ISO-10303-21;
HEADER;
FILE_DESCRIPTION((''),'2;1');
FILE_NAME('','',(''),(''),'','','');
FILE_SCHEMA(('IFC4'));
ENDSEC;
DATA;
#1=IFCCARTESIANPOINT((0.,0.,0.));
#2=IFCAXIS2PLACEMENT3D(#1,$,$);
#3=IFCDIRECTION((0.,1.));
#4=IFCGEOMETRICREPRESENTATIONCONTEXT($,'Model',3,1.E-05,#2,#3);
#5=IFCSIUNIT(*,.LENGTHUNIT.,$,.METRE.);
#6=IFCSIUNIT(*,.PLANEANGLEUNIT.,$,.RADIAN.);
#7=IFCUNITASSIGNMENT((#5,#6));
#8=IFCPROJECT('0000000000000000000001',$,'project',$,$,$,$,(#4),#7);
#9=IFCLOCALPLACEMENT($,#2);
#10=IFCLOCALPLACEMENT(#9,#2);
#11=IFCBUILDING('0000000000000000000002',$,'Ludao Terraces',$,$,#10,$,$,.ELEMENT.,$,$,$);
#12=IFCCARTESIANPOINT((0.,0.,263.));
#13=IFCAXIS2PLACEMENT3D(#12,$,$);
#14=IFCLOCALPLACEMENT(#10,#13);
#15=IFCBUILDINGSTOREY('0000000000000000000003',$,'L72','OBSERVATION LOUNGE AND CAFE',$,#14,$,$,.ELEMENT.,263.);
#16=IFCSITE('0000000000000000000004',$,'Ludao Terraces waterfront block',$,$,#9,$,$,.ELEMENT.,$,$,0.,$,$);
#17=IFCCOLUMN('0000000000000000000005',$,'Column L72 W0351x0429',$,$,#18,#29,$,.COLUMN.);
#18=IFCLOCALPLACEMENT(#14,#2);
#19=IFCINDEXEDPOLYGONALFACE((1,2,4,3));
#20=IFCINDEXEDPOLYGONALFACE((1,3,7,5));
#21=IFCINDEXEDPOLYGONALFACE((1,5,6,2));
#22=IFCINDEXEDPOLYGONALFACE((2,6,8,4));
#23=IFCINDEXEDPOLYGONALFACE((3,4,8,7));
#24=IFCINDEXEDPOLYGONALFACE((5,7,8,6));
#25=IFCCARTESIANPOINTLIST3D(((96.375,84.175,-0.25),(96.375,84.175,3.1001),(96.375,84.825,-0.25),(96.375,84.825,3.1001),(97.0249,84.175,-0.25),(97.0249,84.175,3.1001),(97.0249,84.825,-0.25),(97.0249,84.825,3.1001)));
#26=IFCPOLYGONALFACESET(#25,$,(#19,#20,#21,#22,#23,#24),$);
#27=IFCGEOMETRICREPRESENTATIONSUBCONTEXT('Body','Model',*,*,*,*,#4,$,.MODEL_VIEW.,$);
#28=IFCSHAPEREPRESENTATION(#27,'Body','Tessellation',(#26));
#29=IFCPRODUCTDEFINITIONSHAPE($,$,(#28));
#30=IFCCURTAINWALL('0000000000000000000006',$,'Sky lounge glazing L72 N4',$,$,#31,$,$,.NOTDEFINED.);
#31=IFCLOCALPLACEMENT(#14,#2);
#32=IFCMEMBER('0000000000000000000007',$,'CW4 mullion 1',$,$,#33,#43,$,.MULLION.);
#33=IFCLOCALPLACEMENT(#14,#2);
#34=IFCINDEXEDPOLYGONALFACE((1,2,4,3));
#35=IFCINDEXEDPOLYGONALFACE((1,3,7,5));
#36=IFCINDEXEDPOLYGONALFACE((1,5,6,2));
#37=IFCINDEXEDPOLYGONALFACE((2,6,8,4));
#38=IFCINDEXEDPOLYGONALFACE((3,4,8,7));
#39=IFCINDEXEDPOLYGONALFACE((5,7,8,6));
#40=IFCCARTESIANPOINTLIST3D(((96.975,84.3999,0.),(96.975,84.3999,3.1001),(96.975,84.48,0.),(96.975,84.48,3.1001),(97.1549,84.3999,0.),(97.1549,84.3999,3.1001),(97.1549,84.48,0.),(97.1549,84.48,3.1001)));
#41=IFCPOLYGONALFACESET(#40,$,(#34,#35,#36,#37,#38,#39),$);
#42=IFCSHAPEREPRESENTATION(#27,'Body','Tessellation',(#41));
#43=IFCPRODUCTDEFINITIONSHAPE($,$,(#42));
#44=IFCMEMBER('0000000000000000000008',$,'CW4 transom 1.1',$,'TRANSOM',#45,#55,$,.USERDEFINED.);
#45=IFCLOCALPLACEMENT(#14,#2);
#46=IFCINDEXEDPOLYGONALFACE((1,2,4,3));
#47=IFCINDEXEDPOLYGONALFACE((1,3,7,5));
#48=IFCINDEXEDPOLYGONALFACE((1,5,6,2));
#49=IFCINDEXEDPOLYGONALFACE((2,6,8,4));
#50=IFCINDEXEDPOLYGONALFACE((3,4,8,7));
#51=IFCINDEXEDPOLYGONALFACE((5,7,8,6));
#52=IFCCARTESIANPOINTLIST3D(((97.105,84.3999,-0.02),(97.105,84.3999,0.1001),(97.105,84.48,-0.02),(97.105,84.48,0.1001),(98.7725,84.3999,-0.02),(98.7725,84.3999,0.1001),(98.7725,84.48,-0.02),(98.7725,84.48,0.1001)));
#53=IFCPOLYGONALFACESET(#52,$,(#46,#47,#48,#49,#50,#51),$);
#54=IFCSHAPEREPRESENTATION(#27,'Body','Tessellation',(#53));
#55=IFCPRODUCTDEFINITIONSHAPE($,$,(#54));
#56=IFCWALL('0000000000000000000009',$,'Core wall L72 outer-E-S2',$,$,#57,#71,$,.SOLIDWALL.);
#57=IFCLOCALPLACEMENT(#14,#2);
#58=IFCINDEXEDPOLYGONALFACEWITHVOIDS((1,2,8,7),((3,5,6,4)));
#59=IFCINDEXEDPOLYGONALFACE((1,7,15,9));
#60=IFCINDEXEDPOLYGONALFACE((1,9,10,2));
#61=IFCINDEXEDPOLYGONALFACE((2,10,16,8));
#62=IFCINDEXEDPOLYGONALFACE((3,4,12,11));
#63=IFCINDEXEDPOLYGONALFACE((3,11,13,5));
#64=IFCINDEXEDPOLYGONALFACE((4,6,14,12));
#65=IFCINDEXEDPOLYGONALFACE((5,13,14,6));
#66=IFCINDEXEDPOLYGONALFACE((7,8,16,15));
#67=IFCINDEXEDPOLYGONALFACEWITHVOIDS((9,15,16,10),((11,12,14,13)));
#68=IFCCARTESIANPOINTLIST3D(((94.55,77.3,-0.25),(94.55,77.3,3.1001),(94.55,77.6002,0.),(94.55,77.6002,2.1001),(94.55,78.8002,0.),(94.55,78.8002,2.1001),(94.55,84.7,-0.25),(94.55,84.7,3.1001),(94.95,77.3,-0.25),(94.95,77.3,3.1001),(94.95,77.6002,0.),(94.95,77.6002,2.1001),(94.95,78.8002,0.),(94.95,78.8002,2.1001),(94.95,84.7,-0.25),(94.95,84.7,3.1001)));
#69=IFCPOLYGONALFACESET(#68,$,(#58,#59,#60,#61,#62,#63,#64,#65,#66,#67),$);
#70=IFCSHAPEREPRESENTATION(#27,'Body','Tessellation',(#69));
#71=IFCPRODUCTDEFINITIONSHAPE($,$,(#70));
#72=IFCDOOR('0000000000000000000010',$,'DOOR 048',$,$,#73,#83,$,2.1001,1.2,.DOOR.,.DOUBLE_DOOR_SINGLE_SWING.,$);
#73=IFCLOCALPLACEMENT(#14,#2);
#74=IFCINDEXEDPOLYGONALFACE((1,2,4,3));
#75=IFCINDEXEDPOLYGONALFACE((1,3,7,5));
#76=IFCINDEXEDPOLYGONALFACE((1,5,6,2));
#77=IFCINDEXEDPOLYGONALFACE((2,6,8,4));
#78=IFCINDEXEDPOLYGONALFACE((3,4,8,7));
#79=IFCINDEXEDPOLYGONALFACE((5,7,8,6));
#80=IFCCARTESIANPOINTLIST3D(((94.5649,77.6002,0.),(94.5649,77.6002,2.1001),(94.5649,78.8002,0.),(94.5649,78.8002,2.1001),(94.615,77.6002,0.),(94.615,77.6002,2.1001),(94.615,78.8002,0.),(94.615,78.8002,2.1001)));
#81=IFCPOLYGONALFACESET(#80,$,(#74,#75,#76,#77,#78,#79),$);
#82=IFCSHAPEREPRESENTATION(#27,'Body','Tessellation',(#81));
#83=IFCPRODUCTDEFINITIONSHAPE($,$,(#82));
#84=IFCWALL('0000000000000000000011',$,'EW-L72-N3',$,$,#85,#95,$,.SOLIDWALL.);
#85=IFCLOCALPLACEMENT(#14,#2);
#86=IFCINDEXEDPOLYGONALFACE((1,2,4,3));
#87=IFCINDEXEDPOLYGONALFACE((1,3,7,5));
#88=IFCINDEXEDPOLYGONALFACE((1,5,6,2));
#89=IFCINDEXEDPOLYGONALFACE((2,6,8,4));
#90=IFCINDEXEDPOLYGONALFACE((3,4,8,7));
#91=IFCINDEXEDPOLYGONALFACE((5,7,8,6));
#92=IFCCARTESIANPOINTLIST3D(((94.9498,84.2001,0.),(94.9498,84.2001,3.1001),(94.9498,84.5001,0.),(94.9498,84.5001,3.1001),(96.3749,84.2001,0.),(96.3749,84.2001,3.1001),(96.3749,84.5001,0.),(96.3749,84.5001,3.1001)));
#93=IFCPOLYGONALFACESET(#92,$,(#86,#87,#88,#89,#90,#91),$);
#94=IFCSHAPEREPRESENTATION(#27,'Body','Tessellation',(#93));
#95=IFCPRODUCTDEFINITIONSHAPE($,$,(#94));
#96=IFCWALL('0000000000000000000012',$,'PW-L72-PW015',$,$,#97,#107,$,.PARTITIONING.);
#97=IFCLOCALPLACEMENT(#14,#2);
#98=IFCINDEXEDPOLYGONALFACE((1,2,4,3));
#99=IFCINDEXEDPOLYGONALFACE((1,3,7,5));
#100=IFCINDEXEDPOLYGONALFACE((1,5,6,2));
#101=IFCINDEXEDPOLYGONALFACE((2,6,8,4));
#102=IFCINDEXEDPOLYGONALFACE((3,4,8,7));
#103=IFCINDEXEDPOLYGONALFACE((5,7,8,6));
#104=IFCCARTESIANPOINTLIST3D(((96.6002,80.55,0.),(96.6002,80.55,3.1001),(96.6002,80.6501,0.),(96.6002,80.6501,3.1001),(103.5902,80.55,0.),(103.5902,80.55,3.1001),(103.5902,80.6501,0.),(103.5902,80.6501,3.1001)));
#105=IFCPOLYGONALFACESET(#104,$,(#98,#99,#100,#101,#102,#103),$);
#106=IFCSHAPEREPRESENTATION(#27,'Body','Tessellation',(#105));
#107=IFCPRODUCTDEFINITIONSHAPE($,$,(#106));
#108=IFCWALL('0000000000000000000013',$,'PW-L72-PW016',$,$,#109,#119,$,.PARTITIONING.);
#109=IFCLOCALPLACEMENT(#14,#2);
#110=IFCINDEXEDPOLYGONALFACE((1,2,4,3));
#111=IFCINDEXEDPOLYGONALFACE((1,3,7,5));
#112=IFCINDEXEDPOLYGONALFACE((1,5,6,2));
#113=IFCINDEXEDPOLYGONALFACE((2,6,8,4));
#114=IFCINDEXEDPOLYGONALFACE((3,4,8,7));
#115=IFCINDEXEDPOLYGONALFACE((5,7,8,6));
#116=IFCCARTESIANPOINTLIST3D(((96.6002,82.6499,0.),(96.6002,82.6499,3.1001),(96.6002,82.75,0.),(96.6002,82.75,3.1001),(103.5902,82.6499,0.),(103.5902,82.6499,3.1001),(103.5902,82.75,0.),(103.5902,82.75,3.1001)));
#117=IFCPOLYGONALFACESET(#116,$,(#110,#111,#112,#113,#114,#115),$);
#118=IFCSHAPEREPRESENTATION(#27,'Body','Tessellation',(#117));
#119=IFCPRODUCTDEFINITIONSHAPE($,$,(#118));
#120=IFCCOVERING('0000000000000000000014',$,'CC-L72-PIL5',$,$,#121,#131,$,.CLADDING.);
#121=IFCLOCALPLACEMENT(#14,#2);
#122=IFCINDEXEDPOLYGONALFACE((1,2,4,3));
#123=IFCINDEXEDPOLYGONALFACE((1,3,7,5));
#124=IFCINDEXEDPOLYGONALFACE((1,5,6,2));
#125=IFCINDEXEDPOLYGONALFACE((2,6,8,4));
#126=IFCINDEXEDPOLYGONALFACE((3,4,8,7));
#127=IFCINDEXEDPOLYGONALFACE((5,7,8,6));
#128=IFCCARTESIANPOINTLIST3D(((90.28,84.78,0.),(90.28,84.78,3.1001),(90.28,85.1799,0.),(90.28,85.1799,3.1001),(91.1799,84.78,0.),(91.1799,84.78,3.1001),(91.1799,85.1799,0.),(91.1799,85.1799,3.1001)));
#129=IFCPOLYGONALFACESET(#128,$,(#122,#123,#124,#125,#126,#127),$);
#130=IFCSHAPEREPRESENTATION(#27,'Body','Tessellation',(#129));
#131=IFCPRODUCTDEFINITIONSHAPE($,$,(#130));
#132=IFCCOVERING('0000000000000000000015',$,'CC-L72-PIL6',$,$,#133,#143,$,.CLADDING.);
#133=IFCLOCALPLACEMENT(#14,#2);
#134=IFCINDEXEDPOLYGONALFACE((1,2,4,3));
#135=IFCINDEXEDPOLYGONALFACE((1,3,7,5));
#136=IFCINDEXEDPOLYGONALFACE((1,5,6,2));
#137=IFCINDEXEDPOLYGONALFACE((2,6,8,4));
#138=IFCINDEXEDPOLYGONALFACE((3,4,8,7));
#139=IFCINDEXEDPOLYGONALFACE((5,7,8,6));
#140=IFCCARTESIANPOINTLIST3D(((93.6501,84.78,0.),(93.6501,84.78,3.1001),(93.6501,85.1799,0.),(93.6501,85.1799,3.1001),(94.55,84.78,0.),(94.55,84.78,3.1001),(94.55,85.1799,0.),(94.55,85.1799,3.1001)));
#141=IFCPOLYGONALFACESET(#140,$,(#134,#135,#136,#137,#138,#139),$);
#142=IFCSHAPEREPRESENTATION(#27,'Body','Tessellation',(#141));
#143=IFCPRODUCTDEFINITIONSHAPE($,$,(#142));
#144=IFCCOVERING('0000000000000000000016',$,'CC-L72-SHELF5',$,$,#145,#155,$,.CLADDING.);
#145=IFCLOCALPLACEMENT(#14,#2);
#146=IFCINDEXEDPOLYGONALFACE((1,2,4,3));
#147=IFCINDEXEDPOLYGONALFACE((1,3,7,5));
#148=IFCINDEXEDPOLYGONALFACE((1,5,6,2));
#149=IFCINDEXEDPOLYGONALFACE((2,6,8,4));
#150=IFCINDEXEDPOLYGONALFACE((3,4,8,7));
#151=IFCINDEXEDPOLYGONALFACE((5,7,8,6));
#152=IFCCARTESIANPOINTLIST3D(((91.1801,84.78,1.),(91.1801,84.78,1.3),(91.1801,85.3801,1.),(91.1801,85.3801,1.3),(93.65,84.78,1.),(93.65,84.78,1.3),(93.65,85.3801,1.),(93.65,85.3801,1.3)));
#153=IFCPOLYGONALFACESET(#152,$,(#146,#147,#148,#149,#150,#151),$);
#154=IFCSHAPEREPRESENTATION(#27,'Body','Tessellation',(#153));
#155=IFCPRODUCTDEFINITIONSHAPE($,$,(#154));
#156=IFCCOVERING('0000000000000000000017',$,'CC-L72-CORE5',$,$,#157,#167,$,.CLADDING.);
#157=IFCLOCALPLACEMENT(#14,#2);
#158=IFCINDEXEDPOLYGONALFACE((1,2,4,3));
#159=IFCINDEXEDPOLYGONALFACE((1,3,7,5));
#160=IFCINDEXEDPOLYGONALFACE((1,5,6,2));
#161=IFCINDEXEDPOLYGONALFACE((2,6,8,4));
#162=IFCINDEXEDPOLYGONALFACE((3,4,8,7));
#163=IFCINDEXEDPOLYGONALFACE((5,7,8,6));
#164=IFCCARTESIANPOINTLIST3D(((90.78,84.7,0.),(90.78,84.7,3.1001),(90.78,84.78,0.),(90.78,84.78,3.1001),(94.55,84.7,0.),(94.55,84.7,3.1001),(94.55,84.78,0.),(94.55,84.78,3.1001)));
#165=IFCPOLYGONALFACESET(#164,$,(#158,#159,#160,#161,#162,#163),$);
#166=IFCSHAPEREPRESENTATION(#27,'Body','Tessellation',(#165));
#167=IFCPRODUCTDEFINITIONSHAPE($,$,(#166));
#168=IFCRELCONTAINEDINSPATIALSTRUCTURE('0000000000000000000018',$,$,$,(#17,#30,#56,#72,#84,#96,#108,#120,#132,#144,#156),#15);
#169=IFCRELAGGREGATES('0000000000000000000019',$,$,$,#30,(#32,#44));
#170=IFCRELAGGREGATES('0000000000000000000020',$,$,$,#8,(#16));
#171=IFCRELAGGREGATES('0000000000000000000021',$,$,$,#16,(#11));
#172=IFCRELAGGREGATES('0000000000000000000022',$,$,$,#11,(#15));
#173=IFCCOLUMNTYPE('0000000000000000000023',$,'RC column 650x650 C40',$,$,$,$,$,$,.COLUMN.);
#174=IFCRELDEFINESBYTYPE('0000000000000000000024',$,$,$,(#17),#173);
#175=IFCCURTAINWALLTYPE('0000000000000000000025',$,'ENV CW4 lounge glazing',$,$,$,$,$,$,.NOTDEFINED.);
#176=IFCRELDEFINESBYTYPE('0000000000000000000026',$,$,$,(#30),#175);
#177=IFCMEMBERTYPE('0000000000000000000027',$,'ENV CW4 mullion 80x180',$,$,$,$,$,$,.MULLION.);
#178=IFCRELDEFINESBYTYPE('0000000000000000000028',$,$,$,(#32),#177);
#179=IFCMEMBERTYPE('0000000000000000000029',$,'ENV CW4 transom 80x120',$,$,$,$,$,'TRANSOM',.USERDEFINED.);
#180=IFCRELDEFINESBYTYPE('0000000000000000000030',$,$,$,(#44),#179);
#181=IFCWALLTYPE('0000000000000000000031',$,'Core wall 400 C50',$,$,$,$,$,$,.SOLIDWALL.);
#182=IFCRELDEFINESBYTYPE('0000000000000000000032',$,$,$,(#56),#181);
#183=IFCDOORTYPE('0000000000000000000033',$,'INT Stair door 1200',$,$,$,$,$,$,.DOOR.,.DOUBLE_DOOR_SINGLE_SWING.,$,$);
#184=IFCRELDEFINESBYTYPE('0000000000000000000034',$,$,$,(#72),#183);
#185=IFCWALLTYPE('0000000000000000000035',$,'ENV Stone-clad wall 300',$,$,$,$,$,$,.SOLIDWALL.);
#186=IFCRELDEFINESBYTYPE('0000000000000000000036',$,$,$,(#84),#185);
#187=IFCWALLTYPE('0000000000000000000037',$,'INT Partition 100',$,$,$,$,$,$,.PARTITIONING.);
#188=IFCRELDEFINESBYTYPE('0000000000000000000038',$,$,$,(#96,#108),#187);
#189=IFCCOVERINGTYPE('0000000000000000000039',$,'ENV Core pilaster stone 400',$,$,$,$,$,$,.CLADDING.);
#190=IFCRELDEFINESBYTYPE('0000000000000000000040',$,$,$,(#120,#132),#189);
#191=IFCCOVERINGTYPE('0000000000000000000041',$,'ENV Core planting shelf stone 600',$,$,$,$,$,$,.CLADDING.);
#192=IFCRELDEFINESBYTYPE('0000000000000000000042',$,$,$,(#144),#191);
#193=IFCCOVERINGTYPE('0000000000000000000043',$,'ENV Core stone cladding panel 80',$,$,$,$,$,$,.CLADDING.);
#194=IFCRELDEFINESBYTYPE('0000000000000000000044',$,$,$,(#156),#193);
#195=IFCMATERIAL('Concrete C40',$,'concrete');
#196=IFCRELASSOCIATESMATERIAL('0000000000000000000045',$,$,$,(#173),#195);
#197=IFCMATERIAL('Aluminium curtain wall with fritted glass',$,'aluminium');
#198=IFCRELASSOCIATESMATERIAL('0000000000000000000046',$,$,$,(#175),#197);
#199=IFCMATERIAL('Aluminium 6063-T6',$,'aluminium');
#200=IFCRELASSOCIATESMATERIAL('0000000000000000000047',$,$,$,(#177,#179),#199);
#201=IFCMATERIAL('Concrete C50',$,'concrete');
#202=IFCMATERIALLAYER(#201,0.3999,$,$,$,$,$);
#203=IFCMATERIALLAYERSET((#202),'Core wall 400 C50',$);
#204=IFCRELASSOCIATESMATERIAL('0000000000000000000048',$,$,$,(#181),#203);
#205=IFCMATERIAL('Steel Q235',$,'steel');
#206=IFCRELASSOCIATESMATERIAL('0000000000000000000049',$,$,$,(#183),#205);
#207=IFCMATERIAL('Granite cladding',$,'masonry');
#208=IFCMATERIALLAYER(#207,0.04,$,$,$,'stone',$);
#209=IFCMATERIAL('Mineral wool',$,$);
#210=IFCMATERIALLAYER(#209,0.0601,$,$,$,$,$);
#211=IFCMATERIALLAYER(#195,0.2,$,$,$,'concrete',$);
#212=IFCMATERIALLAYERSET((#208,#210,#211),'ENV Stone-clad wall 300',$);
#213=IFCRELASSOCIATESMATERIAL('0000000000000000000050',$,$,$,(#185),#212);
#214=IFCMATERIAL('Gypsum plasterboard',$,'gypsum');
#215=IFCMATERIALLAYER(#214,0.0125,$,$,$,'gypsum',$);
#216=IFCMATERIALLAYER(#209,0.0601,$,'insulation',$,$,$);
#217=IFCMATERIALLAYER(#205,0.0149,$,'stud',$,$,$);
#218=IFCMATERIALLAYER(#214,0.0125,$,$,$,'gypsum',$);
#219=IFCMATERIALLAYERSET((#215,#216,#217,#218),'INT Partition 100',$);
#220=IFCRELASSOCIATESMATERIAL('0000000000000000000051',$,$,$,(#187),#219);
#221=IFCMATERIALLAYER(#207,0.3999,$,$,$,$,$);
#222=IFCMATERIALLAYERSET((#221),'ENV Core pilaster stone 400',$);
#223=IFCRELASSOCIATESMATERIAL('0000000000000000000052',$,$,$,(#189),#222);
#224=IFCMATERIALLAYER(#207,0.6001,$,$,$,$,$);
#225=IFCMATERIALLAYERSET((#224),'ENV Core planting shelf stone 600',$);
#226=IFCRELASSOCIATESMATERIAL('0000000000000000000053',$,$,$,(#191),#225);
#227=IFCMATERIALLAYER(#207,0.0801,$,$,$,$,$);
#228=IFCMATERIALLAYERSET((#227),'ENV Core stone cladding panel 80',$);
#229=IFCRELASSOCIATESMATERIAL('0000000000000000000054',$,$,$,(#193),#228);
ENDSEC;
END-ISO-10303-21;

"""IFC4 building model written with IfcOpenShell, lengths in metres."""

from ifc_helpers import new_model, si_unit, direction, frame, frame_2d, origin, origin_2d, place, context, subcontext, project, spatial, rectangle, extrude, material, layer, layer_set, material_profile, profile_set, type_object, element, fill, aggregate, save


model = new_model("IFC4")

# Units and contexts
model_context = context("Model", 3, precision=1e-05, world=origin(), true_north=direction((0.0, 1.0)))
body_context = subcontext(model_context, "Body", "Model", "MODEL_VIEW")
ifc_project = project(units=[si_unit("LENGTHUNIT", "METRE"), si_unit("PLANEANGLEUNIT", "RADIAN")], contexts=[model_context])

# Site, building, storey
site_placement = place(None, origin())
site = spatial("IfcSite", under=ifc_project, at=site_placement, Name="Ludao Terraces waterfront block", CompositionType="ELEMENT", RefElevation=0.0)
building_placement = place(site_placement, origin())
building = spatial("IfcBuilding", under=site, at=building_placement, Name="Ludao Terraces", CompositionType="ELEMENT")
storey_placement = place(building_placement, frame((0.0, 0.0, 263.0)))
storey = spatial("IfcBuildingStorey", under=building, at=storey_placement, Name="L72", Description="OBSERVATION LOUNGE AND CAFE", CompositionType="ELEMENT", Elevation=263.0)

# Column
ifc_material_1 = material(Name="Concrete C40", Category="concrete")
ifc_material_profile_1 = material_profile(ifc_material_1, rectangle(XDim=0.6499, YDim=0.6499, at=origin_2d()), Name="650 X 650")
ifc_profile_set_1 = profile_set([ifc_material_profile_1], Name="Concrete C40")
column_type = type_object("IfcColumnType", Name="RC column 650x650 C40", PredefinedType="COLUMN", material=ifc_profile_set_1)
column_placement = place(storey_placement, frame((96.7, 84.5, -0.25), z_axis=(0.0, 0.0, 1.0), x_axis=(1.0, 0.0, 0.0)))
element("IfcColumn", 1, at=column_placement, inside=storey, type_object=column_type, Name="Column L72 W0351x0429", PredefinedType="COLUMN", context=body_context, shape_type="SweptSolid", body=[
    extrude(rectangle(XDim=0.6499, YDim=0.6499, at=origin_2d()), origin(), (0.0, 0.0, 1.0), 3.3501),
])

# Curtain wall, members
ifc_material_2 = material(Name="Aluminium curtain wall with fritted glass", Category="aluminium")
curtain_wall_type = type_object("IfcCurtainWallType", Name="ENV CW4 lounge glazing", PredefinedType="NOTDEFINED", material=ifc_material_2)
curtain_wall_placement = place(storey_placement, origin())
curtain_wall = element("IfcCurtainWall", 2, at=curtain_wall_placement, inside=storey, type_object=curtain_wall_type, Name="Sky lounge glazing L72 N4", PredefinedType="NOTDEFINED")
ifc_material_3 = material(Name="Aluminium 6063-T6", Category="aluminium")
ifc_material_profile_2 = material_profile(ifc_material_3, rectangle(XDim=0.0801, YDim=0.1799, at=origin_2d()), Name="80 X 180")
ifc_profile_set_2 = profile_set([ifc_material_profile_2], Name="Aluminium 6063-T6")
member_type_1 = type_object("IfcMemberType", Name="ENV CW4 mullion 80x180", PredefinedType="MULLION", material=ifc_profile_set_2)
member_1_placement = place(storey_placement, frame((97.0649, 84.4399, 0.0), z_axis=(0.0, 0.0, 1.0), x_axis=(0.0, 1.0, 0.0)))
member_1 = element("IfcMember", 3, at=member_1_placement, type_object=member_type_1, Name="CW4 mullion 1", PredefinedType="MULLION", context=body_context, shape_type="SweptSolid", body=[
    extrude(rectangle(XDim=0.0801, YDim=0.1799, at=origin_2d()), origin(), (0.0, 0.0, 1.0), 3.1001),
])
ifc_material_profile_3 = material_profile(ifc_material_3, rectangle(XDim=0.0801, YDim=0.1201, at=origin_2d()), Name="80 X 120")
ifc_profile_set_3 = profile_set([ifc_material_profile_3], Name="Aluminium 6063-T6")
member_type_2 = type_object("IfcMemberType", Name="ENV CW4 transom 80x120", ElementType="TRANSOM", PredefinedType="USERDEFINED", material=ifc_profile_set_3)
member_2_placement = place(storey_placement, frame((97.105, 84.4399, 0.04), z_axis=(1.0, 0.0, 0.0), x_axis=(0.0, 1.0, 0.0)))
member_2 = element("IfcMember", 4, at=member_2_placement, type_object=member_type_2, Name="CW4 transom 1.1", ObjectType="TRANSOM", PredefinedType="USERDEFINED", context=body_context, shape_type="SweptSolid", body=[
    extrude(rectangle(XDim=0.0801, YDim=0.1201, at=origin_2d()), origin(), (0.0, 0.0, 1.0), 1.6675),
])
aggregate(curtain_wall, [member_1, member_2])

# Wall, opening, door
ifc_material_4 = material(Name="Concrete C50", Category="concrete")
ifc_layer_1 = layer(ifc_material_4, 0.3999)
ifc_layer_set_1 = layer_set([ifc_layer_1], Name="Core wall 400 C50")
wall_type_1 = type_object("IfcWallType", Name="Core wall 400 C50", PredefinedType="SOLIDWALL", material=ifc_layer_set_1)
wall_1_placement = place(storey_placement, frame((94.75, 77.3, -0.25), z_axis=(0.0, 0.0, 1.0), x_axis=(0.0, 1.0, 0.0)))
wall_1 = element("IfcWall", 5, at=wall_1_placement, inside=storey, type_object=wall_type_1, Name="Core wall L72 outer-E-S2", PredefinedType="SOLIDWALL", context=body_context, shape_type="SweptSolid", body=[
    extrude(rectangle(XDim=7.3999, YDim=0.3999, at=frame_2d((3.7, 0.0))), origin(), (0.0, 0.0, 1.0), 3.3501),
])
opening_placement = place(wall_1_placement, frame((0.3, 0.0, 0.25)))
opening = element("IfcOpeningElement", 6, at=opening_placement, cuts=wall_1, PredefinedType="OPENING", context=body_context, shape_type="SweptSolid", body=[
    extrude(rectangle(XDim=1.2, YDim=2.1001, at=frame_2d((0.6001, 1.05))), frame((0.0, 0.21, 0.0), z_axis=(0.0, -1.0, 0.0), x_axis=(1.0, 0.0, 0.0)), (0.0, 0.0, 1.0), 0.4199),
])
ifc_material_5 = material(Name="Steel Q235", Category="steel")
door_type = type_object("IfcDoorType", Name="INT Stair door 1200", OperationType="DOUBLE_DOOR_SINGLE_SWING", PredefinedType="DOOR", material=ifc_material_5)
door_placement = place(opening_placement, origin())
door = element("IfcDoor", 7, at=door_placement, inside=storey, type_object=door_type, Name="DOOR 048", OperationType="DOUBLE_DOOR_SINGLE_SWING", OverallHeight=2.1001, OverallWidth=1.2, PredefinedType="DOOR", context=body_context, shape_type="SweptSolid", body=[
    extrude(rectangle(XDim=1.2, YDim=2.1001, at=frame_2d((0.6001, 1.05))), frame((0.0, 0.1851, 0.0), z_axis=(0.0, -1.0, 0.0), x_axis=(1.0, 0.0, 0.0)), (0.0, 0.0, 1.0), 0.05),
])
fill(opening, door)

# Walls
ifc_material_6 = material(Name="Granite cladding", Category="masonry")
ifc_layer_2 = layer(ifc_material_6, 0.04, Category="stone")
ifc_material_7 = material(Name="Mineral wool")
ifc_layer_3 = layer(ifc_material_7, 0.0601)
ifc_layer_4 = layer(ifc_material_1, 0.2, Category="concrete")
ifc_layer_set_2 = layer_set([ifc_layer_2, ifc_layer_3, ifc_layer_4], Name="ENV Stone-clad wall 300")
wall_type_2 = type_object("IfcWallType", Name="ENV Stone-clad wall 300", PredefinedType="SOLIDWALL", material=ifc_layer_set_2)
wall_2_placement = place(storey_placement, frame((94.95, 84.3501, 0.0), z_axis=(0.0, 0.0, 1.0), x_axis=(1.0, 0.0, 0.0)))
element("IfcWall", 8, at=wall_2_placement, inside=storey, type_object=wall_type_2, Name="EW-L72-N3", PredefinedType="SOLIDWALL", context=body_context, shape_type="SweptSolid", body=[
    extrude(rectangle(XDim=1.425, YDim=0.3, at=frame_2d((0.7124, 0.0))), origin(), (0.0, 0.0, 1.0), 3.1001),
])
ifc_material_8 = material(Name="Gypsum plasterboard", Category="gypsum")
ifc_layer_5 = layer(ifc_material_8, 0.0125, Category="gypsum")
ifc_layer_6 = layer(ifc_material_7, 0.0601, Name="insulation")
ifc_layer_7 = layer(ifc_material_5, 0.0149, Name="stud")
ifc_layer_8 = layer(ifc_material_8, 0.0125, Category="gypsum")
ifc_layer_set_3 = layer_set([ifc_layer_5, ifc_layer_6, ifc_layer_7, ifc_layer_8], Name="INT Partition 100")
wall_type_3 = type_object("IfcWallType", Name="INT Partition 100", PredefinedType="PARTITIONING", material=ifc_layer_set_3)
for number, where, z_axis, x_axis, name in (
    (9, (96.6001, 80.6001, 0.0), (0.0, 0.0, 1.0), (1.0, 0.0, 0.0), "PW-L72-PW015"),
    (10, (96.6001, 82.7, 0.0), (0.0, 0.0, 1.0), (1.0, 0.0, 0.0), "PW-L72-PW016"),
):
    element("IfcWall", number, at=place(storey_placement, frame(where, z_axis=z_axis, x_axis=x_axis)), inside=storey, type_object=wall_type_3, Name=name, PredefinedType="PARTITIONING", context=body_context, shape_type="SweptSolid", body=[
        extrude(rectangle(XDim=6.99, YDim=0.1001, at=frame_2d((3.4951, 0.0))), origin(), (0.0, 0.0, 1.0), 3.1001),
    ])

# Coverings
ifc_layer_9 = layer(ifc_material_6, 0.3999)
ifc_layer_set_4 = layer_set([ifc_layer_9], Name="ENV Core pilaster stone 400")
covering_type_1 = type_object("IfcCoveringType", Name="ENV Core pilaster stone 400", PredefinedType="CLADDING", material=ifc_layer_set_4)
for number, where, z_axis, x_axis, name in (
    (11, (90.73, 84.98, 0.0), (0.0, 0.0, 1.0), (1.0, 0.0, 0.0), "CC-L72-PIL5"),
    (12, (94.1001, 84.98, 0.0), (0.0, 0.0, 1.0), (1.0, 0.0, 0.0), "CC-L72-PIL6"),
):
    element("IfcCovering", number, at=place(storey_placement, frame(where, z_axis=z_axis, x_axis=x_axis)), inside=storey, type_object=covering_type_1, Name=name, PredefinedType="CLADDING", context=body_context, shape_type="SweptSolid", body=[
        extrude(rectangle(XDim=0.8999, YDim=0.3999, at=origin_2d()), origin(), (0.0, 0.0, 1.0), 3.1001),
    ])
ifc_layer_10 = layer(ifc_material_6, 0.6001)
ifc_layer_set_5 = layer_set([ifc_layer_10], Name="ENV Core planting shelf stone 600")
covering_type_2 = type_object("IfcCoveringType", Name="ENV Core planting shelf stone 600", PredefinedType="CLADDING", material=ifc_layer_set_5)
covering_1_placement = place(storey_placement, frame((92.415, 85.0801, 1.0), z_axis=(0.0, 0.0, 1.0), x_axis=(1.0, 0.0, 0.0)))
element("IfcCovering", 13, at=covering_1_placement, inside=storey, type_object=covering_type_2, Name="CC-L72-SHELF5", PredefinedType="CLADDING", context=body_context, shape_type="SweptSolid", body=[
    extrude(rectangle(XDim=2.47, YDim=0.6001, at=origin_2d()), origin(), (0.0, 0.0, 1.0), 0.3),
])
ifc_layer_11 = layer(ifc_material_6, 0.0801)
ifc_layer_set_6 = layer_set([ifc_layer_11], Name="ENV Core stone cladding panel 80")
covering_type_3 = type_object("IfcCoveringType", Name="ENV Core stone cladding panel 80", PredefinedType="CLADDING", material=ifc_layer_set_6)
covering_2_placement = place(storey_placement, frame((92.665, 84.74, 0.0), z_axis=(0.0, 0.0, 1.0), x_axis=(1.0, 0.0, 0.0)))
element("IfcCovering", 14, at=covering_2_placement, inside=storey, type_object=covering_type_3, Name="CC-L72-CORE5", PredefinedType="CLADDING", context=body_context, shape_type="SweptSolid", body=[
    extrude(rectangle(XDim=3.77, YDim=0.0801, at=origin_2d()), origin(), (0.0, 0.0, 1.0), 3.1001),
])

save(model, "model.ifc")
